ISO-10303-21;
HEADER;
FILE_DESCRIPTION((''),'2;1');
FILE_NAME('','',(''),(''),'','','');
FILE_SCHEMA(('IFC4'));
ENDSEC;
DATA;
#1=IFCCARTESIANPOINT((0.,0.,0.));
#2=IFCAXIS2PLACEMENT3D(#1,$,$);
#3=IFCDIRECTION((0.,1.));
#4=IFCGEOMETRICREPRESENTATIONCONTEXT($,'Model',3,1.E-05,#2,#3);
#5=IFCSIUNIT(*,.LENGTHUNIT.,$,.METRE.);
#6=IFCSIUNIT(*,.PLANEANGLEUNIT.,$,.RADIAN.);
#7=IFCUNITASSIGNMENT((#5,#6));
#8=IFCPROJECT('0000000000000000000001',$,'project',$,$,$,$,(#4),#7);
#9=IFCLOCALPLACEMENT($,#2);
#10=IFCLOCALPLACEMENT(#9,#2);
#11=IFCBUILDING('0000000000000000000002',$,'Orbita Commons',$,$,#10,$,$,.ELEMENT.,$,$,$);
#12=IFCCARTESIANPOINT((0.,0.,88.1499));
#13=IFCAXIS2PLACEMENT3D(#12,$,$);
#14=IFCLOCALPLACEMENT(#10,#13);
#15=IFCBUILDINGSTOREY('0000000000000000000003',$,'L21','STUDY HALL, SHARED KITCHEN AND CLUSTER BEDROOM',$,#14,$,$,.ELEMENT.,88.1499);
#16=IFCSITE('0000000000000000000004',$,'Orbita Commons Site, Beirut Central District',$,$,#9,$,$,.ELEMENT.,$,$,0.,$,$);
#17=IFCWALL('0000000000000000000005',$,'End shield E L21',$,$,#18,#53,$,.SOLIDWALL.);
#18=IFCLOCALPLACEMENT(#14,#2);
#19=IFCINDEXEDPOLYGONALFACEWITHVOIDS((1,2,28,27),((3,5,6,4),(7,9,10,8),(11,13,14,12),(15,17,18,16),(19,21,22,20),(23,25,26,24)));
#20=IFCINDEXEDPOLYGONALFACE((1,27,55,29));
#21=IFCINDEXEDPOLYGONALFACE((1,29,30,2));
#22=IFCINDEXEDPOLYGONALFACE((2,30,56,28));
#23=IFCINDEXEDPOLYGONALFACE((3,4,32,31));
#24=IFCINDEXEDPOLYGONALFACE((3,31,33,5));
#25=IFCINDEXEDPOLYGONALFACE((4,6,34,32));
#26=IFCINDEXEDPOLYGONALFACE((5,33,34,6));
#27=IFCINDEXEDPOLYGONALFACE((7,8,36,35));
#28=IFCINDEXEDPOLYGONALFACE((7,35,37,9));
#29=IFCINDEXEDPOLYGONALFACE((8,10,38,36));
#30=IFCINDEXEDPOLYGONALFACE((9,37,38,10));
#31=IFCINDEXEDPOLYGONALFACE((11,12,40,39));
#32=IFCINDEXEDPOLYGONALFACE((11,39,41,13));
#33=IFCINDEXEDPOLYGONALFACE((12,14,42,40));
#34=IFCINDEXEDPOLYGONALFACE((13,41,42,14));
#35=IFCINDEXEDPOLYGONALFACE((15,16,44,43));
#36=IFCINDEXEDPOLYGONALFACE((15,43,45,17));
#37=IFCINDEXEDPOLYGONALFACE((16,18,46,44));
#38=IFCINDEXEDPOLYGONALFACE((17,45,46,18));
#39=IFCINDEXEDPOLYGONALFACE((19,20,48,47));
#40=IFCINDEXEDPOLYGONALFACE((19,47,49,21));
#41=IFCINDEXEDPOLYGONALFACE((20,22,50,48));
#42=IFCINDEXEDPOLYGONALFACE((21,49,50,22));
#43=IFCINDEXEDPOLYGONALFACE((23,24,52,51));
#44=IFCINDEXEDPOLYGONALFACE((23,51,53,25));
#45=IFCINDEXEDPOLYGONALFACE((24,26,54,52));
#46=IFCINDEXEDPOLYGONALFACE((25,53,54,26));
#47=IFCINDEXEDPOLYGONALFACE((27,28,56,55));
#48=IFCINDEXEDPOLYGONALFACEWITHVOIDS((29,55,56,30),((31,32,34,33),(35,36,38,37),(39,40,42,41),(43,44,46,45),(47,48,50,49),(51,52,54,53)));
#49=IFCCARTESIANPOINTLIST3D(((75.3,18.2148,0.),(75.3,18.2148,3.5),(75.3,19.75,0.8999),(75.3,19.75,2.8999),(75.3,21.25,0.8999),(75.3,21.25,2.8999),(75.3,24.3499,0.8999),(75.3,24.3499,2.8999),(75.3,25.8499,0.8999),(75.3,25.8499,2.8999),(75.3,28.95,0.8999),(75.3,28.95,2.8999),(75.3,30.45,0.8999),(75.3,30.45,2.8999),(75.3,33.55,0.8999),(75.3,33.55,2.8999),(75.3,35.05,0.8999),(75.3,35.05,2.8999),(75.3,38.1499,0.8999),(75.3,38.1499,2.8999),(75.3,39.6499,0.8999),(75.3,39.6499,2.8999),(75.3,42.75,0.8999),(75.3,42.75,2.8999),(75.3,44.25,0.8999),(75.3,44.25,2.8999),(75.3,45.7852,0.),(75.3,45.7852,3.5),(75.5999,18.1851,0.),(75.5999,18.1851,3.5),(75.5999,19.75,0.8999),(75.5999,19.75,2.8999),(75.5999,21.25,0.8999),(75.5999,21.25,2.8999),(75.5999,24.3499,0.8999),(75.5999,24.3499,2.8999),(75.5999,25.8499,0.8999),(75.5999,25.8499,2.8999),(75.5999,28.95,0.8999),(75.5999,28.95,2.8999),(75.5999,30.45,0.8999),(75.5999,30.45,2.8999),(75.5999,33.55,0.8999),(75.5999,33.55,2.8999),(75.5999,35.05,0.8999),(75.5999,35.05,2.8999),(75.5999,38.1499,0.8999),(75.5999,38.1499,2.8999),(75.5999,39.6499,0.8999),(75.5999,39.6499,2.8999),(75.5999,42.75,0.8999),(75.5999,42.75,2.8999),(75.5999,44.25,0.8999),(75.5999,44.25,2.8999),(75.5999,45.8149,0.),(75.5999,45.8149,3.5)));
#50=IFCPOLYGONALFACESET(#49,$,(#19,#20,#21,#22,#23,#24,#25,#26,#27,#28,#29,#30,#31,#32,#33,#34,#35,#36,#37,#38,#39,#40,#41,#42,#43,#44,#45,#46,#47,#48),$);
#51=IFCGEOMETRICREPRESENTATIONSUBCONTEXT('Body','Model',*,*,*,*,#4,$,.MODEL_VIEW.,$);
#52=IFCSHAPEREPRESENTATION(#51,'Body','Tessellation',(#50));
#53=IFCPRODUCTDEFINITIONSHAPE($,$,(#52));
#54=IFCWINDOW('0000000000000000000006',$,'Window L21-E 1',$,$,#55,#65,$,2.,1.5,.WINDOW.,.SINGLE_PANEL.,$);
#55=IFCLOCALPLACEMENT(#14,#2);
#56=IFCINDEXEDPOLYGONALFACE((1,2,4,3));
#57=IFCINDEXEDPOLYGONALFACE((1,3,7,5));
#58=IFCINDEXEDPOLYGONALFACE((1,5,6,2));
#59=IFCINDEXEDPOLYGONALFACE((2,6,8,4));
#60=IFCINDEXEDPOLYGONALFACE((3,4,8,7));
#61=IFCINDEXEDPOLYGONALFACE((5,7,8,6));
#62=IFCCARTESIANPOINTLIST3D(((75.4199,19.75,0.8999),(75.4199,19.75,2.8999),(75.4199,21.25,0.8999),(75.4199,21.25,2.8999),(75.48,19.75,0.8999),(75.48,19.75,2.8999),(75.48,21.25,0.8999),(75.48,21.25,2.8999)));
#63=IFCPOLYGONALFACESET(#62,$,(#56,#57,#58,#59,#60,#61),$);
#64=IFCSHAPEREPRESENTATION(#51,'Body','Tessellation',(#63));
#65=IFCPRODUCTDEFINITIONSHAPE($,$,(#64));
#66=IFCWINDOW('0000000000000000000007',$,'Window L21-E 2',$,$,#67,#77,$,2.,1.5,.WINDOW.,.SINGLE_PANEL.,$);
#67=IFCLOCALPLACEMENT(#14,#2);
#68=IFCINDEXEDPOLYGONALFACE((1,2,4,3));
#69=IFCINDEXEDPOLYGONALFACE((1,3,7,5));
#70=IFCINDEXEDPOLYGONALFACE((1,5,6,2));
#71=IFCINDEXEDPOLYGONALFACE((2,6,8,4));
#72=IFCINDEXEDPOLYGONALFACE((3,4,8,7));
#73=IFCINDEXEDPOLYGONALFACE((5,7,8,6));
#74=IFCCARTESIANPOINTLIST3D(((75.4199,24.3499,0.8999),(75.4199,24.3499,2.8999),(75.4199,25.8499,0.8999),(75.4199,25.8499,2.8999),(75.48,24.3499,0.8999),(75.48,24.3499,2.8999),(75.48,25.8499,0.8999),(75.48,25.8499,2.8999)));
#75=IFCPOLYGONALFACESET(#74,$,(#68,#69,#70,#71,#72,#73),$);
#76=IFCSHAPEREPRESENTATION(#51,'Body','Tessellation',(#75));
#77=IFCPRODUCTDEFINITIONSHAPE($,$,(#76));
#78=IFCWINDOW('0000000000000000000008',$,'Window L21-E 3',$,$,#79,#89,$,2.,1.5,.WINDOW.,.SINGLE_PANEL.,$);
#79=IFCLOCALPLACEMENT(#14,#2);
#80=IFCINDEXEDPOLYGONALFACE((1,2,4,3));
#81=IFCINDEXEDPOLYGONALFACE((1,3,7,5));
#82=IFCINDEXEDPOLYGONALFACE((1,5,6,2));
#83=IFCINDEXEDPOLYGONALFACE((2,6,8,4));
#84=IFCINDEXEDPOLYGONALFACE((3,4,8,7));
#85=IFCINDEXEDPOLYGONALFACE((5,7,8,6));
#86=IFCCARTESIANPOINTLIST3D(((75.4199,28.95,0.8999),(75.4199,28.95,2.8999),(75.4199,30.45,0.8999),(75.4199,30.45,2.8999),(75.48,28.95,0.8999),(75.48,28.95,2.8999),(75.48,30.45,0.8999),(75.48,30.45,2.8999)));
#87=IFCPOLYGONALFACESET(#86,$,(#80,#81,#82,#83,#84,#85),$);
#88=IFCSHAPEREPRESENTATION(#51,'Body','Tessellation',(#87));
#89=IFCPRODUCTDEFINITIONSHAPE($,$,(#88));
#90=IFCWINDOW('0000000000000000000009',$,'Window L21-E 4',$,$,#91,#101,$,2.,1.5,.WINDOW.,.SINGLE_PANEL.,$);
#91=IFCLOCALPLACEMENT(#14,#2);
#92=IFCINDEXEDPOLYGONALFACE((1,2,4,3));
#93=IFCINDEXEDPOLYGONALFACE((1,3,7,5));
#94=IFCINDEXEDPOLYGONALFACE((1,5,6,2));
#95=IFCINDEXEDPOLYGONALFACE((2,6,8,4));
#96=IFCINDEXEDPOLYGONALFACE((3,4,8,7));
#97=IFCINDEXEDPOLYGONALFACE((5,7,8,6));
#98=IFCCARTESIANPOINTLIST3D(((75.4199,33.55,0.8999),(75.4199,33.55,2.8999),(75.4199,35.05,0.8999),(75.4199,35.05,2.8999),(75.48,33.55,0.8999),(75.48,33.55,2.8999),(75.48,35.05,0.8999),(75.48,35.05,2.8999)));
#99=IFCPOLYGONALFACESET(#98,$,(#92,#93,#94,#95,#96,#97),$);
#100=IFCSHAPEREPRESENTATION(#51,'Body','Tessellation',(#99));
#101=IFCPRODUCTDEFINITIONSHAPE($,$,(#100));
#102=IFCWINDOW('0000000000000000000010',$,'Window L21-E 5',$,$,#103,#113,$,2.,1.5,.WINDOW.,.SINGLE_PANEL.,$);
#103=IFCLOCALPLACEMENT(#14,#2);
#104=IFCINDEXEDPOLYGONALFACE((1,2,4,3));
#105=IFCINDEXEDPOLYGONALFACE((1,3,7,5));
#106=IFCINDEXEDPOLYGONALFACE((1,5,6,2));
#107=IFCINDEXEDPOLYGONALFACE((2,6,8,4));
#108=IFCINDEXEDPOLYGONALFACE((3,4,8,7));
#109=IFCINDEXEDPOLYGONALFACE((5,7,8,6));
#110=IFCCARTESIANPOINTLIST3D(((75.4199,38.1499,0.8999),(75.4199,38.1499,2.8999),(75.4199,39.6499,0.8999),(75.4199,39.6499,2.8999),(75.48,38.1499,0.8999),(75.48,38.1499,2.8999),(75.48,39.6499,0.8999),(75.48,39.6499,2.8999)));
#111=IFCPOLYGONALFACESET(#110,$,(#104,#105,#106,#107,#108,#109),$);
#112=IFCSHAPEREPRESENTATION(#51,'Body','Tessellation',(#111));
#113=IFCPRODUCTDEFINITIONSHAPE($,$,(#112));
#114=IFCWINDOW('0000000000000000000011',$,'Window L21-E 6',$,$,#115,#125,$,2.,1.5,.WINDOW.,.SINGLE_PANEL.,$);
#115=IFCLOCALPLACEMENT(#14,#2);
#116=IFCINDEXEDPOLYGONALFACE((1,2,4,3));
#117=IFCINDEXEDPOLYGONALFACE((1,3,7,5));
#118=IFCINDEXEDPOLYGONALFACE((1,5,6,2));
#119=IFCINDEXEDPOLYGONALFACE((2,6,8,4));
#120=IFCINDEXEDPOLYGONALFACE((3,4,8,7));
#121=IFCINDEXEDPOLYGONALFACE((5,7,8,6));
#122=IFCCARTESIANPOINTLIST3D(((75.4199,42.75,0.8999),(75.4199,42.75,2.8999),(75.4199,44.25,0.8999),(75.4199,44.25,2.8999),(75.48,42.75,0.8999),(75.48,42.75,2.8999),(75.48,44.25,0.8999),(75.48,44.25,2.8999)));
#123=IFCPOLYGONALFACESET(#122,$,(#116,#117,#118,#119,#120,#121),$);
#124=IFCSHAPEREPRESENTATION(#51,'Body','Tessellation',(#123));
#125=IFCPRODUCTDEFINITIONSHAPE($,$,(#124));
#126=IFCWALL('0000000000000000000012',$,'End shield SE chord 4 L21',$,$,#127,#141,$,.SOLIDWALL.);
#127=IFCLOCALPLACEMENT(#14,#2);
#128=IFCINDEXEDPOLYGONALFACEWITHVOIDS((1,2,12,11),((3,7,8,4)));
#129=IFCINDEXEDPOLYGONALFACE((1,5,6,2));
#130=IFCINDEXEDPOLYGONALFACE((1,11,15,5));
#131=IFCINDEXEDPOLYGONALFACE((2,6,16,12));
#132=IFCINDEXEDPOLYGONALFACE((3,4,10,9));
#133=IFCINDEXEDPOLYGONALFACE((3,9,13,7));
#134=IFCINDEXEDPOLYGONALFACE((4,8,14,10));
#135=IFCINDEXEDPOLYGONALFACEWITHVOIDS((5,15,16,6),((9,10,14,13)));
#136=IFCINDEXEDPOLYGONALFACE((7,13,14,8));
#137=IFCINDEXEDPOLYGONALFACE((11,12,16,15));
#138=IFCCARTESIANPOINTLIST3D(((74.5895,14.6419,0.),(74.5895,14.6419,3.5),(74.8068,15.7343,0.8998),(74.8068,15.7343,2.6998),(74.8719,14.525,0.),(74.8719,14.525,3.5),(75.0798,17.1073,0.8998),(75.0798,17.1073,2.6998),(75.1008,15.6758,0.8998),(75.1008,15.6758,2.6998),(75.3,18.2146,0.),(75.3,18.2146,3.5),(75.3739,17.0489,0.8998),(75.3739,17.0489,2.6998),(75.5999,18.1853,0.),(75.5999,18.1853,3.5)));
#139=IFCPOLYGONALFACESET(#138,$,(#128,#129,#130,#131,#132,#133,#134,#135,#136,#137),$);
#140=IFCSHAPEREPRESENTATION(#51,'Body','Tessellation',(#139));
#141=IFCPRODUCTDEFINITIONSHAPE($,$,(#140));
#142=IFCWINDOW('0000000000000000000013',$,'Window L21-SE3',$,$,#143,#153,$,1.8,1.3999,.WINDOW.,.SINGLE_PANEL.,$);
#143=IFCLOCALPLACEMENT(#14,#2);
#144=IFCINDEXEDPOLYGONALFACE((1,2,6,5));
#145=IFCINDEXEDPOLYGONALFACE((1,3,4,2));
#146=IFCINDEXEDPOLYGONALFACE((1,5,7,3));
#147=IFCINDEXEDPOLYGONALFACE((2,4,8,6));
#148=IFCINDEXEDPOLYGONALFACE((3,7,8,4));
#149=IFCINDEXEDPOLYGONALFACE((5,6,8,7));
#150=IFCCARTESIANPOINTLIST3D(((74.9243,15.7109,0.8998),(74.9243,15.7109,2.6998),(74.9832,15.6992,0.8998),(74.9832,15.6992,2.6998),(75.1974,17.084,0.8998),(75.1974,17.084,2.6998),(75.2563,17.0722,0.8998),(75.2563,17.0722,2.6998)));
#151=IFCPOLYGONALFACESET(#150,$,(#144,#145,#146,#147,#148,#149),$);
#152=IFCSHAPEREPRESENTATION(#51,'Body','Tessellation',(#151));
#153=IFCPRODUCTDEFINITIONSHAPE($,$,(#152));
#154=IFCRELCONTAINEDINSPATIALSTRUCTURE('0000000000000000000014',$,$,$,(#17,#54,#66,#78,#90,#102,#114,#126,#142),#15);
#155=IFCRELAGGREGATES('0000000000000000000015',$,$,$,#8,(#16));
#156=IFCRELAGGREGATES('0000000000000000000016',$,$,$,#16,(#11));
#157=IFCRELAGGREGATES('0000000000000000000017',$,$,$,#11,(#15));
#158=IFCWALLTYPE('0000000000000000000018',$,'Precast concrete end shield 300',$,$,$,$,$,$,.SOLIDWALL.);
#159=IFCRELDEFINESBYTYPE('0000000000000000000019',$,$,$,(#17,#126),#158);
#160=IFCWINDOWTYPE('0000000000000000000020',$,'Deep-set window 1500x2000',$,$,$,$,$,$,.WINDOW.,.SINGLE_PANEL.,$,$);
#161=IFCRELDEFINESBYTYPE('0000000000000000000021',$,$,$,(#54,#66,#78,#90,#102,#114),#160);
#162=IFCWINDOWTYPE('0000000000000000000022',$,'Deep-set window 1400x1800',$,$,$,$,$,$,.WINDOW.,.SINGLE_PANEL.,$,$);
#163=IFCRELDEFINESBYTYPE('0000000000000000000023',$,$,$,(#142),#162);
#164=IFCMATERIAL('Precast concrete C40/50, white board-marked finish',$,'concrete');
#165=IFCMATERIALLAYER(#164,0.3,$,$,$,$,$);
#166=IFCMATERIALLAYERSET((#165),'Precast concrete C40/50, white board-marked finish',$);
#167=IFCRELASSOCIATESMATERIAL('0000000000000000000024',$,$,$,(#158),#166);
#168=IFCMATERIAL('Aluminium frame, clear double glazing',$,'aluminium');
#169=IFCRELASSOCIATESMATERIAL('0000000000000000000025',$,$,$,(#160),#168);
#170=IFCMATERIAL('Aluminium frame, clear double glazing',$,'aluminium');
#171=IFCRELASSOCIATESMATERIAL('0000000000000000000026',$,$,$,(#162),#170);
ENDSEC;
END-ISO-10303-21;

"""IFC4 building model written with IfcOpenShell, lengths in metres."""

from ifc_helpers import new_model, si_unit, direction, frame, frame_2d, origin, place, context, subcontext, project, spatial, polyline, rectangle, outline, extrude, material, layer, layer_set, type_object, element, fill, save


model = new_model("IFC4")

# Units and contexts
model_context = context("Model", 3, precision=1e-05, world=origin(), true_north=direction((0.0, 1.0)))
body_context = subcontext(model_context, "Body", "Model", "MODEL_VIEW")
ifc_project = project(units=[si_unit("LENGTHUNIT", "METRE"), si_unit("PLANEANGLEUNIT", "RADIAN")], contexts=[model_context])

# Site, building, storey
site_placement = place(None, origin())
site = spatial("IfcSite", under=ifc_project, at=site_placement, Name="Orbita Commons Site, Beirut Central District", CompositionType="ELEMENT", RefElevation=0.0)
building_placement = place(site_placement, origin())
building = spatial("IfcBuilding", under=site, at=building_placement, Name="Orbita Commons", CompositionType="ELEMENT")
storey_placement = place(building_placement, frame((0.0, 0.0, 88.1499)))
storey = spatial("IfcBuildingStorey", under=building, at=storey_placement, Name="L21", Description="STUDY HALL, SHARED KITCHEN AND CLUSTER BEDROOM", CompositionType="ELEMENT", Elevation=88.1499)

# Wall, openings, windows
ifc_material_1 = material(Name="Precast concrete C40/50, white board-marked finish", Category="concrete")
ifc_layer_1 = layer(ifc_material_1, 0.3)
ifc_layer_set_1 = layer_set([ifc_layer_1], Name="Precast concrete C40/50, white board-marked finish")
wall_type_1 = type_object("IfcWallType", Name="Precast concrete end shield 300", PredefinedType="SOLIDWALL", material=ifc_layer_set_1)
wall_1_placement = place(storey_placement, frame((75.45, 18.2, 0.0), z_axis=(0.0, 0.0, 1.0), x_axis=(0.0, 1.0, 0.0)))
wall_1 = element("IfcWall", 1, at=wall_1_placement, inside=storey, type_object=wall_type_1, Name="End shield E L21", PredefinedType="SOLIDWALL", context=body_context, shape_type="SweptSolid", body=[
    extrude(outline(polyline([(-0.0149, -0.1499), (27.615, -0.1499), (27.5852, 0.1499), (0.0149, 0.1499), (-0.0149, -0.1499)])), origin(), (0.0, 0.0, 1.0), 3.5),
])
opening_1_placement = place(wall_1_placement, frame((1.55, 0.0, 0.8999)))
opening_1 = element("IfcOpeningElement", 2, at=opening_1_placement, cuts=wall_1, PredefinedType="OPENING", context=body_context, shape_type="SweptSolid", body=[
    extrude(rectangle(XDim=1.5, YDim=2.0, at=frame_2d((0.75, 1.0))), frame((0.0, 0.1599, 0.0), z_axis=(0.0, -1.0, 0.0), x_axis=(1.0, 0.0, 0.0)), (0.0, 0.0, 1.0), 0.3201),
])
opening_2_placement = place(wall_1_placement, frame((6.1499, 0.0, 0.8999)))
opening_2 = element("IfcOpeningElement", 3, at=opening_2_placement, cuts=wall_1, PredefinedType="OPENING", context=body_context, shape_type="SweptSolid", body=[
    extrude(rectangle(XDim=1.5, YDim=2.0, at=frame_2d((0.75, 1.0))), frame((0.0, 0.1599, 0.0), z_axis=(0.0, -1.0, 0.0), x_axis=(1.0, 0.0, 0.0)), (0.0, 0.0, 1.0), 0.3201),
])
opening_3_placement = place(wall_1_placement, frame((10.75, 0.0, 0.8999)))
opening_3 = element("IfcOpeningElement", 4, at=opening_3_placement, cuts=wall_1, PredefinedType="OPENING", context=body_context, shape_type="SweptSolid", body=[
    extrude(rectangle(XDim=1.5, YDim=2.0, at=frame_2d((0.75, 1.0))), frame((0.0, 0.1599, 0.0), z_axis=(0.0, -1.0, 0.0), x_axis=(1.0, 0.0, 0.0)), (0.0, 0.0, 1.0), 0.3201),
])
opening_4_placement = place(wall_1_placement, frame((15.3501, 0.0, 0.8999)))
opening_4 = element("IfcOpeningElement", 5, at=opening_4_placement, cuts=wall_1, PredefinedType="OPENING", context=body_context, shape_type="SweptSolid", body=[
    extrude(rectangle(XDim=1.5, YDim=2.0, at=frame_2d((0.75, 1.0))), frame((0.0, 0.1599, 0.0), z_axis=(0.0, -1.0, 0.0), x_axis=(1.0, 0.0, 0.0)), (0.0, 0.0, 1.0), 0.3201),
])
opening_5_placement = place(wall_1_placement, frame((19.95, 0.0, 0.8999)))
opening_5 = element("IfcOpeningElement", 6, at=opening_5_placement, cuts=wall_1, PredefinedType="OPENING", context=body_context, shape_type="SweptSolid", body=[
    extrude(rectangle(XDim=1.5, YDim=2.0, at=frame_2d((0.75, 1.0))), frame((0.0, 0.1599, 0.0), z_axis=(0.0, -1.0, 0.0), x_axis=(1.0, 0.0, 0.0)), (0.0, 0.0, 1.0), 0.3201),
])
opening_6_placement = place(wall_1_placement, frame((24.55, 0.0, 0.8999)))
opening_6 = element("IfcOpeningElement", 7, at=opening_6_placement, cuts=wall_1, PredefinedType="OPENING", context=body_context, shape_type="SweptSolid", body=[
    extrude(rectangle(XDim=1.5, YDim=2.0, at=frame_2d((0.75, 1.0))), frame((0.0, 0.1599, 0.0), z_axis=(0.0, -1.0, 0.0), x_axis=(1.0, 0.0, 0.0)), (0.0, 0.0, 1.0), 0.3201),
])
ifc_material_2 = material(Name="Aluminium frame, clear double glazing", Category="aluminium")
window_type_1 = type_object("IfcWindowType", Name="Deep-set window 1500x2000", PartitioningType="SINGLE_PANEL", PredefinedType="WINDOW", material=ifc_material_2)
window_1_placement = place(opening_1_placement, origin())
window_1 = element("IfcWindow", 8, at=window_1_placement, inside=storey, type_object=window_type_1, Name="Window L21-E 1", OverallHeight=2.0, OverallWidth=1.5, PartitioningType="SINGLE_PANEL", PredefinedType="WINDOW", context=body_context, shape_type="SweptSolid", body=[
    extrude(rectangle(XDim=1.5, YDim=2.0, at=frame_2d((0.75, 1.0))), frame((0.0, 0.03, 0.0), z_axis=(0.0, -1.0, 0.0), x_axis=(1.0, 0.0, 0.0)), (0.0, 0.0, 1.0), 0.0601),
])
fill(opening_1, window_1)
window_2_placement = place(opening_2_placement, origin())
window_2 = element("IfcWindow", 9, at=window_2_placement, inside=storey, type_object=window_type_1, Name="Window L21-E 2", OverallHeight=2.0, OverallWidth=1.5, PartitioningType="SINGLE_PANEL", PredefinedType="WINDOW", context=body_context, shape_type="SweptSolid", body=[
    extrude(rectangle(XDim=1.5, YDim=2.0, at=frame_2d((0.75, 1.0))), frame((0.0, 0.03, 0.0), z_axis=(0.0, -1.0, 0.0), x_axis=(1.0, 0.0, 0.0)), (0.0, 0.0, 1.0), 0.0601),
])
fill(opening_2, window_2)
window_3_placement = place(opening_3_placement, origin())
window_3 = element("IfcWindow", 10, at=window_3_placement, inside=storey, type_object=window_type_1, Name="Window L21-E 3", OverallHeight=2.0, OverallWidth=1.5, PartitioningType="SINGLE_PANEL", PredefinedType="WINDOW", context=body_context, shape_type="SweptSolid", body=[
    extrude(rectangle(XDim=1.5, YDim=2.0, at=frame_2d((0.75, 1.0))), frame((0.0, 0.03, 0.0), z_axis=(0.0, -1.0, 0.0), x_axis=(1.0, 0.0, 0.0)), (0.0, 0.0, 1.0), 0.0601),
])
fill(opening_3, window_3)
window_4_placement = place(opening_4_placement, origin())
window_4 = element("IfcWindow", 11, at=window_4_placement, inside=storey, type_object=window_type_1, Name="Window L21-E 4", OverallHeight=2.0, OverallWidth=1.5, PartitioningType="SINGLE_PANEL", PredefinedType="WINDOW", context=body_context, shape_type="SweptSolid", body=[
    extrude(rectangle(XDim=1.5, YDim=2.0, at=frame_2d((0.75, 1.0))), frame((0.0, 0.03, 0.0), z_axis=(0.0, -1.0, 0.0), x_axis=(1.0, 0.0, 0.0)), (0.0, 0.0, 1.0), 0.0601),
])
fill(opening_4, window_4)
window_5_placement = place(opening_5_placement, origin())
window_5 = element("IfcWindow", 12, at=window_5_placement, inside=storey, type_object=window_type_1, Name="Window L21-E 5", OverallHeight=2.0, OverallWidth=1.5, PartitioningType="SINGLE_PANEL", PredefinedType="WINDOW", context=body_context, shape_type="SweptSolid", body=[
    extrude(rectangle(XDim=1.5, YDim=2.0, at=frame_2d((0.75, 1.0))), frame((0.0, 0.03, 0.0), z_axis=(0.0, -1.0, 0.0), x_axis=(1.0, 0.0, 0.0)), (0.0, 0.0, 1.0), 0.0601),
])
fill(opening_5, window_5)
window_6_placement = place(opening_6_placement, origin())
window_6 = element("IfcWindow", 13, at=window_6_placement, inside=storey, type_object=window_type_1, Name="Window L21-E 6", OverallHeight=2.0, OverallWidth=1.5, PartitioningType="SINGLE_PANEL", PredefinedType="WINDOW", context=body_context, shape_type="SweptSolid", body=[
    extrude(rectangle(XDim=1.5, YDim=2.0, at=frame_2d((0.75, 1.0))), frame((0.0, 0.03, 0.0), z_axis=(0.0, -1.0, 0.0), x_axis=(1.0, 0.0, 0.0)), (0.0, 0.0, 1.0), 0.0601),
])
fill(opening_6, window_6)

# Wall, opening, window
wall_2_placement = place(storey_placement, frame((74.7307, 14.5835, 0.0), z_axis=(0.0, 0.0, 1.0), x_axis=(0.195059, 0.980791, 0.0)))
wall_2 = element("IfcWall", 14, at=wall_2_placement, inside=storey, type_object=wall_type_1, Name="End shield SE chord 4 L21", PredefinedType="SOLIDWALL", context=body_context, shape_type="SweptSolid", body=[
    extrude(outline(polyline([(-0.0298, -0.1499), (3.7021, -0.1499), (3.6724, 0.1499), (0.0298, 0.1499), (-0.0298, -0.1499)])), origin(), (0.0, 0.0, 1.0), 3.5),
])
opening_7_placement = place(wall_2_placement, frame((1.1436, 0.0, 0.8999)))
opening_7 = element("IfcOpeningElement", 15, at=opening_7_placement, cuts=wall_2, PredefinedType="OPENING", context=body_context, shape_type="SweptSolid", body=[
    extrude(rectangle(XDim=1.3999, YDim=1.8, at=frame_2d((0.7, 0.8999))), frame((0.0, 0.1599, 0.0), z_axis=(0.0, -1.0, 0.0), x_axis=(1.0, 0.0, 0.0)), (0.0, 0.0, 1.0), 0.3201),
])
ifc_material_3 = material(Name="Aluminium frame, clear double glazing", Category="aluminium")
window_type_2 = type_object("IfcWindowType", Name="Deep-set window 1400x1800", PartitioningType="SINGLE_PANEL", PredefinedType="WINDOW", material=ifc_material_3)
window_7_placement = place(opening_7_placement, origin())
window_7 = element("IfcWindow", 16, at=window_7_placement, inside=storey, type_object=window_type_2, Name="Window L21-SE3", OverallHeight=1.8, OverallWidth=1.3999, PartitioningType="SINGLE_PANEL", PredefinedType="WINDOW", context=body_context, shape_type="SweptSolid", body=[
    extrude(rectangle(XDim=1.3999, YDim=1.8, at=frame_2d((0.7, 0.8999))), frame((0.0, 0.03, 0.0), z_axis=(0.0, -1.0, 0.0), x_axis=(1.0, 0.0, 0.0)), (0.0, 0.0, 1.0), 0.0601),
])
fill(opening_7, window_7)

save(model, "model.ifc")
